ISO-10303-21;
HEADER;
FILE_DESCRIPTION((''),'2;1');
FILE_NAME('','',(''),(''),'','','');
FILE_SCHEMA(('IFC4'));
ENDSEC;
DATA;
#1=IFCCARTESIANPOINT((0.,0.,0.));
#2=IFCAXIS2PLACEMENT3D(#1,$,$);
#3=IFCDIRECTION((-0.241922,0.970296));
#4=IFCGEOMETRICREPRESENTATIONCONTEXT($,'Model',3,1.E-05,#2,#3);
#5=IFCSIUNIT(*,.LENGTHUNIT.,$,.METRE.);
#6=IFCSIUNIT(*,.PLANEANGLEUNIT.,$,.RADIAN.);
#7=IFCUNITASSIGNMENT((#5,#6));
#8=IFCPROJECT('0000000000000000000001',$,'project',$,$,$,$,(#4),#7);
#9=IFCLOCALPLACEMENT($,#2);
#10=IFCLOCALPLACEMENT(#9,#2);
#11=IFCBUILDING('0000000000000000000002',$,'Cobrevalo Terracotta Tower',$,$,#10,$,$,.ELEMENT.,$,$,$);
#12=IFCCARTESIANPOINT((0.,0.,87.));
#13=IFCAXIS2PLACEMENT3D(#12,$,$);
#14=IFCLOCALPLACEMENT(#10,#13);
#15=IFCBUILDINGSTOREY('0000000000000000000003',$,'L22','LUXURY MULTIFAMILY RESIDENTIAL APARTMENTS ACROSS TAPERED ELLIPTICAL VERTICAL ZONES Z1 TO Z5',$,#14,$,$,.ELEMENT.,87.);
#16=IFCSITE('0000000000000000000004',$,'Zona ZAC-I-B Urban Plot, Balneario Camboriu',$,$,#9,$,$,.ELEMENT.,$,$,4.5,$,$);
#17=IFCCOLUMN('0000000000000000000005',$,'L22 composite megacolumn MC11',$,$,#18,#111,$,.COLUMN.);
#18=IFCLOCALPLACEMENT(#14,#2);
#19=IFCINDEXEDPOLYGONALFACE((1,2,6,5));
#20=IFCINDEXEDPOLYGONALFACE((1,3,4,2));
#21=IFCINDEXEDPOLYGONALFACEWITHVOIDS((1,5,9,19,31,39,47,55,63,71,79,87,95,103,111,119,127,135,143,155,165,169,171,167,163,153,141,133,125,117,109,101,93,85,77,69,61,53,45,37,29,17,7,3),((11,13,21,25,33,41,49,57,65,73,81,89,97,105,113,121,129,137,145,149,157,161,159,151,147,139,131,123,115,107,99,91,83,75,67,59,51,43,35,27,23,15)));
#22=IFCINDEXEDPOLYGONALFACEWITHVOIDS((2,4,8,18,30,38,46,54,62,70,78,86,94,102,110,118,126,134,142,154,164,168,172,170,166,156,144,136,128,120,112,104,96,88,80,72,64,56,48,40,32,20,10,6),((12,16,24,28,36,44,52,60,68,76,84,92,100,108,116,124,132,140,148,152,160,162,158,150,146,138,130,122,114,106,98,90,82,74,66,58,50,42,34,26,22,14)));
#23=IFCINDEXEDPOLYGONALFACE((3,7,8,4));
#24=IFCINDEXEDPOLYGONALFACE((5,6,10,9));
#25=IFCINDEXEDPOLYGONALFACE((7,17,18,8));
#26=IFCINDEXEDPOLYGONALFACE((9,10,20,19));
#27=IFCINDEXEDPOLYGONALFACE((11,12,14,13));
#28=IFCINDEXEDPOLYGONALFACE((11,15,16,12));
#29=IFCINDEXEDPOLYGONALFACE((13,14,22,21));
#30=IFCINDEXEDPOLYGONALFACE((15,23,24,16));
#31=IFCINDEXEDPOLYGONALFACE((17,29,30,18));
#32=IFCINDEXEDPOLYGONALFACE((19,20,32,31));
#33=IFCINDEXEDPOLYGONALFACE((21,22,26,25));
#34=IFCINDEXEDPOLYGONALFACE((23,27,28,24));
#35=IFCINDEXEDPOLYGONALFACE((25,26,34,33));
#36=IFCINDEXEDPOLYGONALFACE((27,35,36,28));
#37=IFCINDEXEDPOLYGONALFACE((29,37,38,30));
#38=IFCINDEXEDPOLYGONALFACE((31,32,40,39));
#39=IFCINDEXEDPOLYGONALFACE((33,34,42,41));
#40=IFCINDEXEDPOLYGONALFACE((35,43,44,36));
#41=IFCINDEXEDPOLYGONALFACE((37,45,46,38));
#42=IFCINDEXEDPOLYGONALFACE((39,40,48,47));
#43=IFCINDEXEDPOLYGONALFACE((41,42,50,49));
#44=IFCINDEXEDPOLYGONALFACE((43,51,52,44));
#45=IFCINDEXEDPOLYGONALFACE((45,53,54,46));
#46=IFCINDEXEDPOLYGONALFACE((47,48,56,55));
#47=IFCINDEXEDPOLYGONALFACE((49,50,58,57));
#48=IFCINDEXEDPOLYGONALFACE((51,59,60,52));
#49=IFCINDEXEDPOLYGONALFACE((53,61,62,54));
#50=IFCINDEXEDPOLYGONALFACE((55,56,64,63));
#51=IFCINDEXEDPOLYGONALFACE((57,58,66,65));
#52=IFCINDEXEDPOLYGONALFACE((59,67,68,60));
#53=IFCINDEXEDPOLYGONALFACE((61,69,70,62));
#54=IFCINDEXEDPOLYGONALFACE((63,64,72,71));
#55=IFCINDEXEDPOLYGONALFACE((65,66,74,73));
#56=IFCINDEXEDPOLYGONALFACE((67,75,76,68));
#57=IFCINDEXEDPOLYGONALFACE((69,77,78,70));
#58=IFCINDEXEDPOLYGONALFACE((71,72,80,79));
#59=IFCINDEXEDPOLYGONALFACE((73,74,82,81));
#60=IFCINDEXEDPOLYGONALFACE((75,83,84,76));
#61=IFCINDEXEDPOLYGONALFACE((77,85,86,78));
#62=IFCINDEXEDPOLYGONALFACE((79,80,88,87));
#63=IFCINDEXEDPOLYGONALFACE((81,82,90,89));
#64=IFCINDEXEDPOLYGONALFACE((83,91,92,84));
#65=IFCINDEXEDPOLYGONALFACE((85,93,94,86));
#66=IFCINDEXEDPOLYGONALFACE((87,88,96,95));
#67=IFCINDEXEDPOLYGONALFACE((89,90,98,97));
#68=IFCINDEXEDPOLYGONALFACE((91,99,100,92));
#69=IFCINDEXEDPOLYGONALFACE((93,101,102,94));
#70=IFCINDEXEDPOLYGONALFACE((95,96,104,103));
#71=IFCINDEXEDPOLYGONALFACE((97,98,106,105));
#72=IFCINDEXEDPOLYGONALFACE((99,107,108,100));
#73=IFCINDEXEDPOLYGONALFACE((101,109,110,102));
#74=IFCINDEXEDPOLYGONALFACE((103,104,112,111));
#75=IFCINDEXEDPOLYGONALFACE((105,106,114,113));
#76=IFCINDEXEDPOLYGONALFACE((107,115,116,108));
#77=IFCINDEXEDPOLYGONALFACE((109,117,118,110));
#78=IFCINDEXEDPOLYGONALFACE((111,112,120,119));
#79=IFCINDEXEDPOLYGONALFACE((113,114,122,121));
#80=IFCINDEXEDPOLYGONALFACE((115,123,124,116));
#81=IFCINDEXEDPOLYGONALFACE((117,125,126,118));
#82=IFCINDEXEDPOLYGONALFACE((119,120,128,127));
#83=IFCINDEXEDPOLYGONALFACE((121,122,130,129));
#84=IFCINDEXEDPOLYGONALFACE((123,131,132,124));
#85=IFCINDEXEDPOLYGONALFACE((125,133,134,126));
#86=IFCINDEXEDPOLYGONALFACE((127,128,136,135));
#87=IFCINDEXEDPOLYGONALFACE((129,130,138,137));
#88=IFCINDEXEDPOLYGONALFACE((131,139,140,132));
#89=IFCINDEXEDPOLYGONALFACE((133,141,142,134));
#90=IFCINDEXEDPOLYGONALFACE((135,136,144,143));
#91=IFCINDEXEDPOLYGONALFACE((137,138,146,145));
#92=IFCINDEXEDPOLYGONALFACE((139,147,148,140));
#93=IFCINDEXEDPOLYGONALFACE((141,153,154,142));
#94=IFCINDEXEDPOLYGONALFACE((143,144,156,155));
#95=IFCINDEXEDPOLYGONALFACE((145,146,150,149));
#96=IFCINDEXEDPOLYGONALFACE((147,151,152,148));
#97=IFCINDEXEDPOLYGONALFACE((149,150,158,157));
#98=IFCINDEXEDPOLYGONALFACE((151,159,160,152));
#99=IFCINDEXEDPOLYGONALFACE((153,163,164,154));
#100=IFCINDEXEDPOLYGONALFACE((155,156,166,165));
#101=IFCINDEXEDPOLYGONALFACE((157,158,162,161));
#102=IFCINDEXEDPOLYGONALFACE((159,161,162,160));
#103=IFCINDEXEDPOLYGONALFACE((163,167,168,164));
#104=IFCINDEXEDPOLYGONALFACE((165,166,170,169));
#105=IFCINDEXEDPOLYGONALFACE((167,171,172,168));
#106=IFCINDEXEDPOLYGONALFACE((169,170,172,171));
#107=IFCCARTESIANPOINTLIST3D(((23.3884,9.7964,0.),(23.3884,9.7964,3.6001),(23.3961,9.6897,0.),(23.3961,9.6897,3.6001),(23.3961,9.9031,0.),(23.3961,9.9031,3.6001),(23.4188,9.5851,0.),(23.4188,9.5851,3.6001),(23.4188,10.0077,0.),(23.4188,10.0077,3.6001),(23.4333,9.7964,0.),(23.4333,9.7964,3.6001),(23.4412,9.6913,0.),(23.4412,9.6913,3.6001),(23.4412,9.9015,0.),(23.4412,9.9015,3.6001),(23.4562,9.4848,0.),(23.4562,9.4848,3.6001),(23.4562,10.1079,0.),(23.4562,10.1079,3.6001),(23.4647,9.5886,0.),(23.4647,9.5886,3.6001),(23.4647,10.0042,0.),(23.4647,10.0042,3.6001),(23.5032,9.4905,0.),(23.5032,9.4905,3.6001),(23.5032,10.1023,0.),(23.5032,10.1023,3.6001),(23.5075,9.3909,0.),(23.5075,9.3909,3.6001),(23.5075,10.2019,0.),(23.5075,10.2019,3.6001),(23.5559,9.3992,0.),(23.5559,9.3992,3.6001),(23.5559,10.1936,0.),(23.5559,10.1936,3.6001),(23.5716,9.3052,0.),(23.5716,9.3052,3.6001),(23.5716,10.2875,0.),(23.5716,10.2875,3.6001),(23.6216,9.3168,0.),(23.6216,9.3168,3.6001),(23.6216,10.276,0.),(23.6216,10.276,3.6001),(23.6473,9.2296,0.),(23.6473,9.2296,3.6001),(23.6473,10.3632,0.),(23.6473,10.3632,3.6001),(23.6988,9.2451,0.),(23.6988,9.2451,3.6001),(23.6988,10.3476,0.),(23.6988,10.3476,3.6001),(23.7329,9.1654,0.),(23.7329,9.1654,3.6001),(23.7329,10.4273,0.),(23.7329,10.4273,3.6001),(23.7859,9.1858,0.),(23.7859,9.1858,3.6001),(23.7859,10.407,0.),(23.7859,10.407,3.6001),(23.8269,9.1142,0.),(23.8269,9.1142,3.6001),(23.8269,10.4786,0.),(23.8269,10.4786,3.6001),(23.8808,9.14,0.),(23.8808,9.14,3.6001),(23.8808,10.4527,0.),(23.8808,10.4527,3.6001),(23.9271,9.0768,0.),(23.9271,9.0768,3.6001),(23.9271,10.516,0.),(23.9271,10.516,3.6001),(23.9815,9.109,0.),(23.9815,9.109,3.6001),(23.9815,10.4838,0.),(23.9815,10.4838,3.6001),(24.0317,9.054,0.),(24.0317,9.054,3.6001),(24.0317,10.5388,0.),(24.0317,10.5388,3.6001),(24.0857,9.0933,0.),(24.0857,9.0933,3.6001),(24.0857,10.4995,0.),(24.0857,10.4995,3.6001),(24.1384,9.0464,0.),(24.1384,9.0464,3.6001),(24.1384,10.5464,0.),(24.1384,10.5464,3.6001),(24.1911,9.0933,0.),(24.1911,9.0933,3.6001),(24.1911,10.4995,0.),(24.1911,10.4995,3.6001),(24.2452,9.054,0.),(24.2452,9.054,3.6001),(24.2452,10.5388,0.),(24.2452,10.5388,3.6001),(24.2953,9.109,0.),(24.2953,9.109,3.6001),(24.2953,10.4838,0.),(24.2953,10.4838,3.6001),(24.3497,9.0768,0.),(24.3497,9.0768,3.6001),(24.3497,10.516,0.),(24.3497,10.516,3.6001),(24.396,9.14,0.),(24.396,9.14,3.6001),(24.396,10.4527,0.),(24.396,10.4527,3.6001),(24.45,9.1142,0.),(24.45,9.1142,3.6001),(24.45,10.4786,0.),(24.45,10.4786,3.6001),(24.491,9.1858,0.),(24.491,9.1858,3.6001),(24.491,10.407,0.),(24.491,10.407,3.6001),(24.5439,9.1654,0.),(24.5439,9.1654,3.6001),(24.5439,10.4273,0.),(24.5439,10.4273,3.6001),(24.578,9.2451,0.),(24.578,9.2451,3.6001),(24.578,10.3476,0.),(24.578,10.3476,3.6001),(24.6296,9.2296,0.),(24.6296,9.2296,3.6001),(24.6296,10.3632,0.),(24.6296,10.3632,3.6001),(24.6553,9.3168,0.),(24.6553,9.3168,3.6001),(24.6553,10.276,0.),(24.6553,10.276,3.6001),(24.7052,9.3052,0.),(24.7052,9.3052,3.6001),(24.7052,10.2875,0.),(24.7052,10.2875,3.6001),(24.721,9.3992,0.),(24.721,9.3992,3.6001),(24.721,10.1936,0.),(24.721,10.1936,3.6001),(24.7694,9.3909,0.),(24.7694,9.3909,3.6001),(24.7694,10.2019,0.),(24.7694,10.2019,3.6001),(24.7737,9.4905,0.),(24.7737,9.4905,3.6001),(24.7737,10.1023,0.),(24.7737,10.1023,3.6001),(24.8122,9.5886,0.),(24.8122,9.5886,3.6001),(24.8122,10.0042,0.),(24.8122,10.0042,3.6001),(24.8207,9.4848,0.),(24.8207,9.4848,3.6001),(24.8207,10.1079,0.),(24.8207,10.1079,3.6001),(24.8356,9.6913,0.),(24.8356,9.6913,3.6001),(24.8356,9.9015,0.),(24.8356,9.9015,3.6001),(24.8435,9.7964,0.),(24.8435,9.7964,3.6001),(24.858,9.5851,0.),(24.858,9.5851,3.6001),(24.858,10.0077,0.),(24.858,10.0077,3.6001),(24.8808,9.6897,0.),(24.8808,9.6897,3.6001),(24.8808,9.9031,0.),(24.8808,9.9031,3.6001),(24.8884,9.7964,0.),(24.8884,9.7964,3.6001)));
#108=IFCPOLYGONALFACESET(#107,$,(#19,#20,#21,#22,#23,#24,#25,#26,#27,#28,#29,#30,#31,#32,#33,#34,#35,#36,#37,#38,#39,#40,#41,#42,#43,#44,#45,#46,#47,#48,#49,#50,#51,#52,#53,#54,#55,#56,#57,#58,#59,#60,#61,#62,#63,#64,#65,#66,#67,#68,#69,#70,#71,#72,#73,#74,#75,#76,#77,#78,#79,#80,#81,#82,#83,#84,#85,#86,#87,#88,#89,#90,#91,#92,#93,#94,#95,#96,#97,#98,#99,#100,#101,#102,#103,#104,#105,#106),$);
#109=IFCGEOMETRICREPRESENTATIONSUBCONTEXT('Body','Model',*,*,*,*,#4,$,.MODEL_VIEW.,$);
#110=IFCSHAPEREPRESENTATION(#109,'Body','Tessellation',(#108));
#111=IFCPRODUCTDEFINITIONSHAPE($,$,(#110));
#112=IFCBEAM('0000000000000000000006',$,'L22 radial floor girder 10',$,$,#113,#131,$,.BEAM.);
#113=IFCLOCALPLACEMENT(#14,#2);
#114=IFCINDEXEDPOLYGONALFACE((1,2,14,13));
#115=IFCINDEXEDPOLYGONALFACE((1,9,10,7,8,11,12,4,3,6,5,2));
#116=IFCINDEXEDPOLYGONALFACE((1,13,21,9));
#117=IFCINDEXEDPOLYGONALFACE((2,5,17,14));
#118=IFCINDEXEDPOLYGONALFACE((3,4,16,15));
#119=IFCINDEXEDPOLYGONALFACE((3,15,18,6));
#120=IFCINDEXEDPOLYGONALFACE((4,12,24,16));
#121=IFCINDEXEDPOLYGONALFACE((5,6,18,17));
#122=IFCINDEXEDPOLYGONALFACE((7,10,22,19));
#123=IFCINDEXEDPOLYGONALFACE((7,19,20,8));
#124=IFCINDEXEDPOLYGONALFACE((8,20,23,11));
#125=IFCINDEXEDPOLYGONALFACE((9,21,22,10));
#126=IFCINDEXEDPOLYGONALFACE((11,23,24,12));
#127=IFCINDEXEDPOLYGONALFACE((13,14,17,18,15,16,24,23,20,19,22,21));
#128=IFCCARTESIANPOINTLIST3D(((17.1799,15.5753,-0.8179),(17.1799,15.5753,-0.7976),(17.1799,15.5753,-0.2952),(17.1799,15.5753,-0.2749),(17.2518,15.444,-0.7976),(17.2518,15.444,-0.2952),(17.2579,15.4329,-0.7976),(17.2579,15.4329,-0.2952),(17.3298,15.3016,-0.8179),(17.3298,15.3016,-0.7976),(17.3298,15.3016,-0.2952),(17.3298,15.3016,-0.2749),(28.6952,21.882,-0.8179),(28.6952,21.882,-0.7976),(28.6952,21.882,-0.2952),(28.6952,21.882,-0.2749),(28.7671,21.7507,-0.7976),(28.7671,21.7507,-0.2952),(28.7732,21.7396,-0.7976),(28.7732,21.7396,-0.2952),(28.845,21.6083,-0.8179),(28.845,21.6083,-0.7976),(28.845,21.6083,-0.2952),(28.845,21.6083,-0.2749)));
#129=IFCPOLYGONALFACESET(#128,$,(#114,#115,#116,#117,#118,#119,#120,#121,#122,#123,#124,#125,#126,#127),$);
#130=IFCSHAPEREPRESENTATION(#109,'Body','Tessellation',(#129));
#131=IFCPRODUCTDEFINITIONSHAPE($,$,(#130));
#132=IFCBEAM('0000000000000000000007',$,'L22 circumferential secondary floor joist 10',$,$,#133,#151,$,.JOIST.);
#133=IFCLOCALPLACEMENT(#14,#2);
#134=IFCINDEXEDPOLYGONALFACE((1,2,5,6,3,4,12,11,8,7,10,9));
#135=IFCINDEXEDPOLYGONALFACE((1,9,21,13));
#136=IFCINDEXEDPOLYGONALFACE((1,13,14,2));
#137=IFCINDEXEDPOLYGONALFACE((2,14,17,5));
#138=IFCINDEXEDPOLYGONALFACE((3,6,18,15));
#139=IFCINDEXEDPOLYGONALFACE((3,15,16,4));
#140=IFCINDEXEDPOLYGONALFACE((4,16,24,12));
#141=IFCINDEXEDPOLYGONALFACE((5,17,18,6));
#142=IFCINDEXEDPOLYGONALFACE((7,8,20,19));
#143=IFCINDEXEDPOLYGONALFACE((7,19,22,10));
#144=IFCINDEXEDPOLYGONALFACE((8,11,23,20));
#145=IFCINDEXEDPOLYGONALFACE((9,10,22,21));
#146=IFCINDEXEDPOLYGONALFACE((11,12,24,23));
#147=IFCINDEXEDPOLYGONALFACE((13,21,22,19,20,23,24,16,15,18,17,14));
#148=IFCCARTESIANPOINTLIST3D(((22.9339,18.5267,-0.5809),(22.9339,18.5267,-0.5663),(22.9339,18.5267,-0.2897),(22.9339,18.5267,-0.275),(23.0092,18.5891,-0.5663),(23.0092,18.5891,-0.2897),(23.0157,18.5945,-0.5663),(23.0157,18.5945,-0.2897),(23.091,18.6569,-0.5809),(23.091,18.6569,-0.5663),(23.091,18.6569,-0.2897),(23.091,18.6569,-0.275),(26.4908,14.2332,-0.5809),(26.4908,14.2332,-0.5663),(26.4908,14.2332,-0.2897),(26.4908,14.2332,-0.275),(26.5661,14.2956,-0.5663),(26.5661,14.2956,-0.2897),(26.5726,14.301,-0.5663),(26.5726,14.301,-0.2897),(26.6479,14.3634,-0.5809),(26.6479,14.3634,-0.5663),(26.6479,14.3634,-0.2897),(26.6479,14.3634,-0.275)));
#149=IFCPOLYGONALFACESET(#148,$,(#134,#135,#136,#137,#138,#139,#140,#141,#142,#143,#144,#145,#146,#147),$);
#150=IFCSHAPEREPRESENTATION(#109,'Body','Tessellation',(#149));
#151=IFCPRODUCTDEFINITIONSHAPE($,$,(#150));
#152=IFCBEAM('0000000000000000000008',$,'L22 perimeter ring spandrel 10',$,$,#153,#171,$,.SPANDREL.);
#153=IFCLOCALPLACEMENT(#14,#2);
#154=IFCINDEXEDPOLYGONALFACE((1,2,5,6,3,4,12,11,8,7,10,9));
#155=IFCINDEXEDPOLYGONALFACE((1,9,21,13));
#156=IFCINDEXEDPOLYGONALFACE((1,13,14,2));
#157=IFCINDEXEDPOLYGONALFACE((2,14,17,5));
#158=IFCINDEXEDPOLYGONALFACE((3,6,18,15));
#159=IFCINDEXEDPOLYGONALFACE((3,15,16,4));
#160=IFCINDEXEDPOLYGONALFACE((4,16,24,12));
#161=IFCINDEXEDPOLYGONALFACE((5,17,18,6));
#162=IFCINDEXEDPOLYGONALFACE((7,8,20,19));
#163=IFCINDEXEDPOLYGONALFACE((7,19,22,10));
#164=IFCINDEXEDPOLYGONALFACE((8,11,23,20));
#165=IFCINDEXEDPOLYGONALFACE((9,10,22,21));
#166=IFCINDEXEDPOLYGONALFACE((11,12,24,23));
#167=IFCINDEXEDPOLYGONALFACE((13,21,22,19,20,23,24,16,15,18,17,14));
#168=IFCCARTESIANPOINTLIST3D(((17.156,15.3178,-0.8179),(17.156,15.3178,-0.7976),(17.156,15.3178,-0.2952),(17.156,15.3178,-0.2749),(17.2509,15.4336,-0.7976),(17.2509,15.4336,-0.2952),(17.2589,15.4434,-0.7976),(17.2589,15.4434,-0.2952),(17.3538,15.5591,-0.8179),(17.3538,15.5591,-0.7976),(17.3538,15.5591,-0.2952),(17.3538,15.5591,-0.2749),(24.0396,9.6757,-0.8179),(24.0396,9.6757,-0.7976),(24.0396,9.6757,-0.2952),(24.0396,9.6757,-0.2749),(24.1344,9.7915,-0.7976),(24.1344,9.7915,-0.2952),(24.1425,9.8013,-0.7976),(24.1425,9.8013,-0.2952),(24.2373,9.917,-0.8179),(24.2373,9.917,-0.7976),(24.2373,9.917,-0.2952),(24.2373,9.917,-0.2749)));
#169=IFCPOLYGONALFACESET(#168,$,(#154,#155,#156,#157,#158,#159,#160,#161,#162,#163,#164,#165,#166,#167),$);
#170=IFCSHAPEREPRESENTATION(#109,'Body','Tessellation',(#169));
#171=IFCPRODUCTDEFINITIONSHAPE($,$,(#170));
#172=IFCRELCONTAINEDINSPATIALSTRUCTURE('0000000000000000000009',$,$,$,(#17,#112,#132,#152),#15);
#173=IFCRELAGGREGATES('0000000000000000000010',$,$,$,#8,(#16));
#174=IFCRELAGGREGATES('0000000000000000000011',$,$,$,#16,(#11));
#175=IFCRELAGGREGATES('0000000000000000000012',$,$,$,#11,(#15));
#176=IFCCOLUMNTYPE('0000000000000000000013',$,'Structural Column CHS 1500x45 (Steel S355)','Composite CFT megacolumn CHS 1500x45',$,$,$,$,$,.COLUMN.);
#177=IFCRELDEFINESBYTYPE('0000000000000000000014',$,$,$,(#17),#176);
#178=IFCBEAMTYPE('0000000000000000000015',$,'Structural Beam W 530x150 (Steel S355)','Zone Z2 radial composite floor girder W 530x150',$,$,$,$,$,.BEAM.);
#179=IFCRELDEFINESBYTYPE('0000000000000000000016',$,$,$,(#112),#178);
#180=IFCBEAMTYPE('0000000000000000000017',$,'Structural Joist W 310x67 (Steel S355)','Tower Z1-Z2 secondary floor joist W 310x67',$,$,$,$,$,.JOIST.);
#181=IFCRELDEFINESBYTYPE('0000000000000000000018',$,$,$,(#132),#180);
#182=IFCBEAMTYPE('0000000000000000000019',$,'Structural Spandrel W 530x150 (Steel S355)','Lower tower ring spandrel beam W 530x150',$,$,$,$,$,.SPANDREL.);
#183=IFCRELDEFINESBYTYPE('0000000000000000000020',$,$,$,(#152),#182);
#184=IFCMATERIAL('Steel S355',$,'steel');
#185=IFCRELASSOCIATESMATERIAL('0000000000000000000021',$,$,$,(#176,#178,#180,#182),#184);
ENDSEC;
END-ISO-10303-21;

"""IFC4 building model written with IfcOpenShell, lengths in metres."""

from ifc_helpers import new_model, si_unit, direction, frame, origin, origin_2d, place, context, subcontext, project, spatial, hollow_circle, i_section, extrude, material, material_profile, profile_set, type_object, element, save


model = new_model("IFC4")

# Units and contexts
model_context = context("Model", 3, precision=1e-05, world=origin(), true_north=direction((-0.241922, 0.970296)))
body_context = subcontext(model_context, "Body", "Model", "MODEL_VIEW")
ifc_project = project(units=[si_unit("LENGTHUNIT", "METRE"), si_unit("PLANEANGLEUNIT", "RADIAN")], contexts=[model_context])

# Site, building, storey
site_placement = place(None, origin())
site = spatial("IfcSite", under=ifc_project, at=site_placement, Name="Zona ZAC-I-B Urban Plot, Balneario Camboriu", CompositionType="ELEMENT", RefElevation=4.5)
building_placement = place(site_placement, origin())
building = spatial("IfcBuilding", under=site, at=building_placement, Name="Cobrevalo Terracotta Tower", CompositionType="ELEMENT")
storey_placement = place(building_placement, frame((0.0, 0.0, 87.0)))
storey = spatial("IfcBuildingStorey", under=building, at=storey_placement, Name="L22", Description="LUXURY MULTIFAMILY RESIDENTIAL APARTMENTS ACROSS TAPERED ELLIPTICAL VERTICAL ZONES Z1 TO Z5", CompositionType="ELEMENT", Elevation=87.0)

# Column
ifc_material_1 = material(Name="Steel S355", Category="steel")
ifc_material_profile_1 = material_profile(ifc_material_1, hollow_circle(Radius=0.75, WallThickness=0.0449, at=origin_2d()), Name="CHS 1500x45")
ifc_profile_set_1 = profile_set([ifc_material_profile_1], Name="Steel S355")
column_type = type_object("IfcColumnType", Name="Structural Column CHS 1500x45 (Steel S355)", Description="Composite CFT megacolumn CHS 1500x45", PredefinedType="COLUMN", material=ifc_profile_set_1)
for number, where, z_axis, x_axis, name in (
    (1, (24.1384, 9.7964, 0.0), (0.0, 0.0, 1.0), (1.0, 0.0, 0.0), "L22 composite megacolumn MC11"),
):
    element("IfcColumn", number, at=place(storey_placement, frame(where, z_axis=z_axis, x_axis=x_axis)), inside=storey, type_object=column_type, Name=name, PredefinedType="COLUMN", context=body_context, shape_type="SweptSolid", body=[
        extrude(hollow_circle(Radius=0.75, WallThickness=0.0449, at=origin_2d()), origin(), (0.0, 0.0, 1.0), 3.6001),
    ])

# Beams
ifc_material_profile_2 = material_profile(ifc_material_1, i_section(OverallWidth=0.312, OverallDepth=0.543, WebThickness=0.0127, FlangeThickness=0.0203, at=origin_2d()), Name="W 530x150")
ifc_profile_set_2 = profile_set([ifc_material_profile_2], Name="Steel S355")
beam_type_1 = type_object("IfcBeamType", Name="Structural Beam W 530x150 (Steel S355)", Description="Zone Z2 radial composite floor girder W 530x150", PredefinedType="BEAM", material=ifc_profile_set_2)
beam_1_placement = place(storey_placement, frame((17.2549, 15.4385, -0.5464), z_axis=(0.877073, 0.480358, 0.0), x_axis=(-0.480358, 0.877073, 0.0)))
element("IfcBeam", 2, at=beam_1_placement, inside=storey, type_object=beam_type_1, Name="L22 radial floor girder 10", PredefinedType="BEAM", context=body_context, shape_type="SweptSolid", body=[
    extrude(i_section(OverallWidth=0.312, OverallDepth=0.543, WebThickness=0.0127, FlangeThickness=0.0203, at=origin_2d()), origin(), (0.0, 0.0, 1.0), 13.1292),
])
ifc_material_profile_3 = material_profile(ifc_material_1, i_section(OverallWidth=0.2041, OverallDepth=0.3059, WebThickness=0.0085, FlangeThickness=0.0146, at=origin_2d()), Name="W 310x67")
ifc_profile_set_3 = profile_set([ifc_material_profile_3], Name="Steel S355")
beam_type_2 = type_object("IfcBeamType", Name="Structural Joist W 310x67 (Steel S355)", Description="Tower Z1-Z2 secondary floor joist W 310x67", PredefinedType="JOIST", material=ifc_profile_set_3)
beam_2_placement = place(storey_placement, frame((23.0125, 18.5918, -0.428), z_axis=(0.637959, -0.77007, 0.0), x_axis=(0.77007, 0.637959, 0.0)))
element("IfcBeam", 3, at=beam_2_placement, inside=storey, type_object=beam_type_2, Name="L22 circumferential secondary floor joist 10", PredefinedType="JOIST", context=body_context, shape_type="SweptSolid", body=[
    extrude(i_section(OverallWidth=0.2041, OverallDepth=0.3059, WebThickness=0.0085, FlangeThickness=0.0146, at=origin_2d()), origin(), (0.0, 0.0, 1.0), 5.5754),
])
ifc_material_profile_4 = material_profile(ifc_material_1, i_section(OverallWidth=0.312, OverallDepth=0.543, WebThickness=0.0127, FlangeThickness=0.0203, at=origin_2d()), Name="W 530x150")
ifc_profile_set_4 = profile_set([ifc_material_profile_4], Name="Steel S355")
beam_type_3 = type_object("IfcBeamType", Name="Structural Spandrel W 530x150 (Steel S355)", Description="Lower tower ring spandrel beam W 530x150", PredefinedType="SPANDREL", material=ifc_profile_set_4)
beam_3_placement = place(storey_placement, frame((17.2549, 15.4385, -0.5464), z_axis=(0.773401, -0.633917, 0.0), x_axis=(0.633917, 0.773401, 0.0)))
element("IfcBeam", 4, at=beam_3_placement, inside=storey, type_object=beam_type_3, Name="L22 perimeter ring spandrel 10", PredefinedType="SPANDREL", context=body_context, shape_type="SweptSolid", body=[
    extrude(i_section(OverallWidth=0.312, OverallDepth=0.543, WebThickness=0.0127, FlangeThickness=0.0203, at=origin_2d()), origin(), (0.0, 0.0, 1.0), 8.9004),
])

save(model, "model.ifc")
